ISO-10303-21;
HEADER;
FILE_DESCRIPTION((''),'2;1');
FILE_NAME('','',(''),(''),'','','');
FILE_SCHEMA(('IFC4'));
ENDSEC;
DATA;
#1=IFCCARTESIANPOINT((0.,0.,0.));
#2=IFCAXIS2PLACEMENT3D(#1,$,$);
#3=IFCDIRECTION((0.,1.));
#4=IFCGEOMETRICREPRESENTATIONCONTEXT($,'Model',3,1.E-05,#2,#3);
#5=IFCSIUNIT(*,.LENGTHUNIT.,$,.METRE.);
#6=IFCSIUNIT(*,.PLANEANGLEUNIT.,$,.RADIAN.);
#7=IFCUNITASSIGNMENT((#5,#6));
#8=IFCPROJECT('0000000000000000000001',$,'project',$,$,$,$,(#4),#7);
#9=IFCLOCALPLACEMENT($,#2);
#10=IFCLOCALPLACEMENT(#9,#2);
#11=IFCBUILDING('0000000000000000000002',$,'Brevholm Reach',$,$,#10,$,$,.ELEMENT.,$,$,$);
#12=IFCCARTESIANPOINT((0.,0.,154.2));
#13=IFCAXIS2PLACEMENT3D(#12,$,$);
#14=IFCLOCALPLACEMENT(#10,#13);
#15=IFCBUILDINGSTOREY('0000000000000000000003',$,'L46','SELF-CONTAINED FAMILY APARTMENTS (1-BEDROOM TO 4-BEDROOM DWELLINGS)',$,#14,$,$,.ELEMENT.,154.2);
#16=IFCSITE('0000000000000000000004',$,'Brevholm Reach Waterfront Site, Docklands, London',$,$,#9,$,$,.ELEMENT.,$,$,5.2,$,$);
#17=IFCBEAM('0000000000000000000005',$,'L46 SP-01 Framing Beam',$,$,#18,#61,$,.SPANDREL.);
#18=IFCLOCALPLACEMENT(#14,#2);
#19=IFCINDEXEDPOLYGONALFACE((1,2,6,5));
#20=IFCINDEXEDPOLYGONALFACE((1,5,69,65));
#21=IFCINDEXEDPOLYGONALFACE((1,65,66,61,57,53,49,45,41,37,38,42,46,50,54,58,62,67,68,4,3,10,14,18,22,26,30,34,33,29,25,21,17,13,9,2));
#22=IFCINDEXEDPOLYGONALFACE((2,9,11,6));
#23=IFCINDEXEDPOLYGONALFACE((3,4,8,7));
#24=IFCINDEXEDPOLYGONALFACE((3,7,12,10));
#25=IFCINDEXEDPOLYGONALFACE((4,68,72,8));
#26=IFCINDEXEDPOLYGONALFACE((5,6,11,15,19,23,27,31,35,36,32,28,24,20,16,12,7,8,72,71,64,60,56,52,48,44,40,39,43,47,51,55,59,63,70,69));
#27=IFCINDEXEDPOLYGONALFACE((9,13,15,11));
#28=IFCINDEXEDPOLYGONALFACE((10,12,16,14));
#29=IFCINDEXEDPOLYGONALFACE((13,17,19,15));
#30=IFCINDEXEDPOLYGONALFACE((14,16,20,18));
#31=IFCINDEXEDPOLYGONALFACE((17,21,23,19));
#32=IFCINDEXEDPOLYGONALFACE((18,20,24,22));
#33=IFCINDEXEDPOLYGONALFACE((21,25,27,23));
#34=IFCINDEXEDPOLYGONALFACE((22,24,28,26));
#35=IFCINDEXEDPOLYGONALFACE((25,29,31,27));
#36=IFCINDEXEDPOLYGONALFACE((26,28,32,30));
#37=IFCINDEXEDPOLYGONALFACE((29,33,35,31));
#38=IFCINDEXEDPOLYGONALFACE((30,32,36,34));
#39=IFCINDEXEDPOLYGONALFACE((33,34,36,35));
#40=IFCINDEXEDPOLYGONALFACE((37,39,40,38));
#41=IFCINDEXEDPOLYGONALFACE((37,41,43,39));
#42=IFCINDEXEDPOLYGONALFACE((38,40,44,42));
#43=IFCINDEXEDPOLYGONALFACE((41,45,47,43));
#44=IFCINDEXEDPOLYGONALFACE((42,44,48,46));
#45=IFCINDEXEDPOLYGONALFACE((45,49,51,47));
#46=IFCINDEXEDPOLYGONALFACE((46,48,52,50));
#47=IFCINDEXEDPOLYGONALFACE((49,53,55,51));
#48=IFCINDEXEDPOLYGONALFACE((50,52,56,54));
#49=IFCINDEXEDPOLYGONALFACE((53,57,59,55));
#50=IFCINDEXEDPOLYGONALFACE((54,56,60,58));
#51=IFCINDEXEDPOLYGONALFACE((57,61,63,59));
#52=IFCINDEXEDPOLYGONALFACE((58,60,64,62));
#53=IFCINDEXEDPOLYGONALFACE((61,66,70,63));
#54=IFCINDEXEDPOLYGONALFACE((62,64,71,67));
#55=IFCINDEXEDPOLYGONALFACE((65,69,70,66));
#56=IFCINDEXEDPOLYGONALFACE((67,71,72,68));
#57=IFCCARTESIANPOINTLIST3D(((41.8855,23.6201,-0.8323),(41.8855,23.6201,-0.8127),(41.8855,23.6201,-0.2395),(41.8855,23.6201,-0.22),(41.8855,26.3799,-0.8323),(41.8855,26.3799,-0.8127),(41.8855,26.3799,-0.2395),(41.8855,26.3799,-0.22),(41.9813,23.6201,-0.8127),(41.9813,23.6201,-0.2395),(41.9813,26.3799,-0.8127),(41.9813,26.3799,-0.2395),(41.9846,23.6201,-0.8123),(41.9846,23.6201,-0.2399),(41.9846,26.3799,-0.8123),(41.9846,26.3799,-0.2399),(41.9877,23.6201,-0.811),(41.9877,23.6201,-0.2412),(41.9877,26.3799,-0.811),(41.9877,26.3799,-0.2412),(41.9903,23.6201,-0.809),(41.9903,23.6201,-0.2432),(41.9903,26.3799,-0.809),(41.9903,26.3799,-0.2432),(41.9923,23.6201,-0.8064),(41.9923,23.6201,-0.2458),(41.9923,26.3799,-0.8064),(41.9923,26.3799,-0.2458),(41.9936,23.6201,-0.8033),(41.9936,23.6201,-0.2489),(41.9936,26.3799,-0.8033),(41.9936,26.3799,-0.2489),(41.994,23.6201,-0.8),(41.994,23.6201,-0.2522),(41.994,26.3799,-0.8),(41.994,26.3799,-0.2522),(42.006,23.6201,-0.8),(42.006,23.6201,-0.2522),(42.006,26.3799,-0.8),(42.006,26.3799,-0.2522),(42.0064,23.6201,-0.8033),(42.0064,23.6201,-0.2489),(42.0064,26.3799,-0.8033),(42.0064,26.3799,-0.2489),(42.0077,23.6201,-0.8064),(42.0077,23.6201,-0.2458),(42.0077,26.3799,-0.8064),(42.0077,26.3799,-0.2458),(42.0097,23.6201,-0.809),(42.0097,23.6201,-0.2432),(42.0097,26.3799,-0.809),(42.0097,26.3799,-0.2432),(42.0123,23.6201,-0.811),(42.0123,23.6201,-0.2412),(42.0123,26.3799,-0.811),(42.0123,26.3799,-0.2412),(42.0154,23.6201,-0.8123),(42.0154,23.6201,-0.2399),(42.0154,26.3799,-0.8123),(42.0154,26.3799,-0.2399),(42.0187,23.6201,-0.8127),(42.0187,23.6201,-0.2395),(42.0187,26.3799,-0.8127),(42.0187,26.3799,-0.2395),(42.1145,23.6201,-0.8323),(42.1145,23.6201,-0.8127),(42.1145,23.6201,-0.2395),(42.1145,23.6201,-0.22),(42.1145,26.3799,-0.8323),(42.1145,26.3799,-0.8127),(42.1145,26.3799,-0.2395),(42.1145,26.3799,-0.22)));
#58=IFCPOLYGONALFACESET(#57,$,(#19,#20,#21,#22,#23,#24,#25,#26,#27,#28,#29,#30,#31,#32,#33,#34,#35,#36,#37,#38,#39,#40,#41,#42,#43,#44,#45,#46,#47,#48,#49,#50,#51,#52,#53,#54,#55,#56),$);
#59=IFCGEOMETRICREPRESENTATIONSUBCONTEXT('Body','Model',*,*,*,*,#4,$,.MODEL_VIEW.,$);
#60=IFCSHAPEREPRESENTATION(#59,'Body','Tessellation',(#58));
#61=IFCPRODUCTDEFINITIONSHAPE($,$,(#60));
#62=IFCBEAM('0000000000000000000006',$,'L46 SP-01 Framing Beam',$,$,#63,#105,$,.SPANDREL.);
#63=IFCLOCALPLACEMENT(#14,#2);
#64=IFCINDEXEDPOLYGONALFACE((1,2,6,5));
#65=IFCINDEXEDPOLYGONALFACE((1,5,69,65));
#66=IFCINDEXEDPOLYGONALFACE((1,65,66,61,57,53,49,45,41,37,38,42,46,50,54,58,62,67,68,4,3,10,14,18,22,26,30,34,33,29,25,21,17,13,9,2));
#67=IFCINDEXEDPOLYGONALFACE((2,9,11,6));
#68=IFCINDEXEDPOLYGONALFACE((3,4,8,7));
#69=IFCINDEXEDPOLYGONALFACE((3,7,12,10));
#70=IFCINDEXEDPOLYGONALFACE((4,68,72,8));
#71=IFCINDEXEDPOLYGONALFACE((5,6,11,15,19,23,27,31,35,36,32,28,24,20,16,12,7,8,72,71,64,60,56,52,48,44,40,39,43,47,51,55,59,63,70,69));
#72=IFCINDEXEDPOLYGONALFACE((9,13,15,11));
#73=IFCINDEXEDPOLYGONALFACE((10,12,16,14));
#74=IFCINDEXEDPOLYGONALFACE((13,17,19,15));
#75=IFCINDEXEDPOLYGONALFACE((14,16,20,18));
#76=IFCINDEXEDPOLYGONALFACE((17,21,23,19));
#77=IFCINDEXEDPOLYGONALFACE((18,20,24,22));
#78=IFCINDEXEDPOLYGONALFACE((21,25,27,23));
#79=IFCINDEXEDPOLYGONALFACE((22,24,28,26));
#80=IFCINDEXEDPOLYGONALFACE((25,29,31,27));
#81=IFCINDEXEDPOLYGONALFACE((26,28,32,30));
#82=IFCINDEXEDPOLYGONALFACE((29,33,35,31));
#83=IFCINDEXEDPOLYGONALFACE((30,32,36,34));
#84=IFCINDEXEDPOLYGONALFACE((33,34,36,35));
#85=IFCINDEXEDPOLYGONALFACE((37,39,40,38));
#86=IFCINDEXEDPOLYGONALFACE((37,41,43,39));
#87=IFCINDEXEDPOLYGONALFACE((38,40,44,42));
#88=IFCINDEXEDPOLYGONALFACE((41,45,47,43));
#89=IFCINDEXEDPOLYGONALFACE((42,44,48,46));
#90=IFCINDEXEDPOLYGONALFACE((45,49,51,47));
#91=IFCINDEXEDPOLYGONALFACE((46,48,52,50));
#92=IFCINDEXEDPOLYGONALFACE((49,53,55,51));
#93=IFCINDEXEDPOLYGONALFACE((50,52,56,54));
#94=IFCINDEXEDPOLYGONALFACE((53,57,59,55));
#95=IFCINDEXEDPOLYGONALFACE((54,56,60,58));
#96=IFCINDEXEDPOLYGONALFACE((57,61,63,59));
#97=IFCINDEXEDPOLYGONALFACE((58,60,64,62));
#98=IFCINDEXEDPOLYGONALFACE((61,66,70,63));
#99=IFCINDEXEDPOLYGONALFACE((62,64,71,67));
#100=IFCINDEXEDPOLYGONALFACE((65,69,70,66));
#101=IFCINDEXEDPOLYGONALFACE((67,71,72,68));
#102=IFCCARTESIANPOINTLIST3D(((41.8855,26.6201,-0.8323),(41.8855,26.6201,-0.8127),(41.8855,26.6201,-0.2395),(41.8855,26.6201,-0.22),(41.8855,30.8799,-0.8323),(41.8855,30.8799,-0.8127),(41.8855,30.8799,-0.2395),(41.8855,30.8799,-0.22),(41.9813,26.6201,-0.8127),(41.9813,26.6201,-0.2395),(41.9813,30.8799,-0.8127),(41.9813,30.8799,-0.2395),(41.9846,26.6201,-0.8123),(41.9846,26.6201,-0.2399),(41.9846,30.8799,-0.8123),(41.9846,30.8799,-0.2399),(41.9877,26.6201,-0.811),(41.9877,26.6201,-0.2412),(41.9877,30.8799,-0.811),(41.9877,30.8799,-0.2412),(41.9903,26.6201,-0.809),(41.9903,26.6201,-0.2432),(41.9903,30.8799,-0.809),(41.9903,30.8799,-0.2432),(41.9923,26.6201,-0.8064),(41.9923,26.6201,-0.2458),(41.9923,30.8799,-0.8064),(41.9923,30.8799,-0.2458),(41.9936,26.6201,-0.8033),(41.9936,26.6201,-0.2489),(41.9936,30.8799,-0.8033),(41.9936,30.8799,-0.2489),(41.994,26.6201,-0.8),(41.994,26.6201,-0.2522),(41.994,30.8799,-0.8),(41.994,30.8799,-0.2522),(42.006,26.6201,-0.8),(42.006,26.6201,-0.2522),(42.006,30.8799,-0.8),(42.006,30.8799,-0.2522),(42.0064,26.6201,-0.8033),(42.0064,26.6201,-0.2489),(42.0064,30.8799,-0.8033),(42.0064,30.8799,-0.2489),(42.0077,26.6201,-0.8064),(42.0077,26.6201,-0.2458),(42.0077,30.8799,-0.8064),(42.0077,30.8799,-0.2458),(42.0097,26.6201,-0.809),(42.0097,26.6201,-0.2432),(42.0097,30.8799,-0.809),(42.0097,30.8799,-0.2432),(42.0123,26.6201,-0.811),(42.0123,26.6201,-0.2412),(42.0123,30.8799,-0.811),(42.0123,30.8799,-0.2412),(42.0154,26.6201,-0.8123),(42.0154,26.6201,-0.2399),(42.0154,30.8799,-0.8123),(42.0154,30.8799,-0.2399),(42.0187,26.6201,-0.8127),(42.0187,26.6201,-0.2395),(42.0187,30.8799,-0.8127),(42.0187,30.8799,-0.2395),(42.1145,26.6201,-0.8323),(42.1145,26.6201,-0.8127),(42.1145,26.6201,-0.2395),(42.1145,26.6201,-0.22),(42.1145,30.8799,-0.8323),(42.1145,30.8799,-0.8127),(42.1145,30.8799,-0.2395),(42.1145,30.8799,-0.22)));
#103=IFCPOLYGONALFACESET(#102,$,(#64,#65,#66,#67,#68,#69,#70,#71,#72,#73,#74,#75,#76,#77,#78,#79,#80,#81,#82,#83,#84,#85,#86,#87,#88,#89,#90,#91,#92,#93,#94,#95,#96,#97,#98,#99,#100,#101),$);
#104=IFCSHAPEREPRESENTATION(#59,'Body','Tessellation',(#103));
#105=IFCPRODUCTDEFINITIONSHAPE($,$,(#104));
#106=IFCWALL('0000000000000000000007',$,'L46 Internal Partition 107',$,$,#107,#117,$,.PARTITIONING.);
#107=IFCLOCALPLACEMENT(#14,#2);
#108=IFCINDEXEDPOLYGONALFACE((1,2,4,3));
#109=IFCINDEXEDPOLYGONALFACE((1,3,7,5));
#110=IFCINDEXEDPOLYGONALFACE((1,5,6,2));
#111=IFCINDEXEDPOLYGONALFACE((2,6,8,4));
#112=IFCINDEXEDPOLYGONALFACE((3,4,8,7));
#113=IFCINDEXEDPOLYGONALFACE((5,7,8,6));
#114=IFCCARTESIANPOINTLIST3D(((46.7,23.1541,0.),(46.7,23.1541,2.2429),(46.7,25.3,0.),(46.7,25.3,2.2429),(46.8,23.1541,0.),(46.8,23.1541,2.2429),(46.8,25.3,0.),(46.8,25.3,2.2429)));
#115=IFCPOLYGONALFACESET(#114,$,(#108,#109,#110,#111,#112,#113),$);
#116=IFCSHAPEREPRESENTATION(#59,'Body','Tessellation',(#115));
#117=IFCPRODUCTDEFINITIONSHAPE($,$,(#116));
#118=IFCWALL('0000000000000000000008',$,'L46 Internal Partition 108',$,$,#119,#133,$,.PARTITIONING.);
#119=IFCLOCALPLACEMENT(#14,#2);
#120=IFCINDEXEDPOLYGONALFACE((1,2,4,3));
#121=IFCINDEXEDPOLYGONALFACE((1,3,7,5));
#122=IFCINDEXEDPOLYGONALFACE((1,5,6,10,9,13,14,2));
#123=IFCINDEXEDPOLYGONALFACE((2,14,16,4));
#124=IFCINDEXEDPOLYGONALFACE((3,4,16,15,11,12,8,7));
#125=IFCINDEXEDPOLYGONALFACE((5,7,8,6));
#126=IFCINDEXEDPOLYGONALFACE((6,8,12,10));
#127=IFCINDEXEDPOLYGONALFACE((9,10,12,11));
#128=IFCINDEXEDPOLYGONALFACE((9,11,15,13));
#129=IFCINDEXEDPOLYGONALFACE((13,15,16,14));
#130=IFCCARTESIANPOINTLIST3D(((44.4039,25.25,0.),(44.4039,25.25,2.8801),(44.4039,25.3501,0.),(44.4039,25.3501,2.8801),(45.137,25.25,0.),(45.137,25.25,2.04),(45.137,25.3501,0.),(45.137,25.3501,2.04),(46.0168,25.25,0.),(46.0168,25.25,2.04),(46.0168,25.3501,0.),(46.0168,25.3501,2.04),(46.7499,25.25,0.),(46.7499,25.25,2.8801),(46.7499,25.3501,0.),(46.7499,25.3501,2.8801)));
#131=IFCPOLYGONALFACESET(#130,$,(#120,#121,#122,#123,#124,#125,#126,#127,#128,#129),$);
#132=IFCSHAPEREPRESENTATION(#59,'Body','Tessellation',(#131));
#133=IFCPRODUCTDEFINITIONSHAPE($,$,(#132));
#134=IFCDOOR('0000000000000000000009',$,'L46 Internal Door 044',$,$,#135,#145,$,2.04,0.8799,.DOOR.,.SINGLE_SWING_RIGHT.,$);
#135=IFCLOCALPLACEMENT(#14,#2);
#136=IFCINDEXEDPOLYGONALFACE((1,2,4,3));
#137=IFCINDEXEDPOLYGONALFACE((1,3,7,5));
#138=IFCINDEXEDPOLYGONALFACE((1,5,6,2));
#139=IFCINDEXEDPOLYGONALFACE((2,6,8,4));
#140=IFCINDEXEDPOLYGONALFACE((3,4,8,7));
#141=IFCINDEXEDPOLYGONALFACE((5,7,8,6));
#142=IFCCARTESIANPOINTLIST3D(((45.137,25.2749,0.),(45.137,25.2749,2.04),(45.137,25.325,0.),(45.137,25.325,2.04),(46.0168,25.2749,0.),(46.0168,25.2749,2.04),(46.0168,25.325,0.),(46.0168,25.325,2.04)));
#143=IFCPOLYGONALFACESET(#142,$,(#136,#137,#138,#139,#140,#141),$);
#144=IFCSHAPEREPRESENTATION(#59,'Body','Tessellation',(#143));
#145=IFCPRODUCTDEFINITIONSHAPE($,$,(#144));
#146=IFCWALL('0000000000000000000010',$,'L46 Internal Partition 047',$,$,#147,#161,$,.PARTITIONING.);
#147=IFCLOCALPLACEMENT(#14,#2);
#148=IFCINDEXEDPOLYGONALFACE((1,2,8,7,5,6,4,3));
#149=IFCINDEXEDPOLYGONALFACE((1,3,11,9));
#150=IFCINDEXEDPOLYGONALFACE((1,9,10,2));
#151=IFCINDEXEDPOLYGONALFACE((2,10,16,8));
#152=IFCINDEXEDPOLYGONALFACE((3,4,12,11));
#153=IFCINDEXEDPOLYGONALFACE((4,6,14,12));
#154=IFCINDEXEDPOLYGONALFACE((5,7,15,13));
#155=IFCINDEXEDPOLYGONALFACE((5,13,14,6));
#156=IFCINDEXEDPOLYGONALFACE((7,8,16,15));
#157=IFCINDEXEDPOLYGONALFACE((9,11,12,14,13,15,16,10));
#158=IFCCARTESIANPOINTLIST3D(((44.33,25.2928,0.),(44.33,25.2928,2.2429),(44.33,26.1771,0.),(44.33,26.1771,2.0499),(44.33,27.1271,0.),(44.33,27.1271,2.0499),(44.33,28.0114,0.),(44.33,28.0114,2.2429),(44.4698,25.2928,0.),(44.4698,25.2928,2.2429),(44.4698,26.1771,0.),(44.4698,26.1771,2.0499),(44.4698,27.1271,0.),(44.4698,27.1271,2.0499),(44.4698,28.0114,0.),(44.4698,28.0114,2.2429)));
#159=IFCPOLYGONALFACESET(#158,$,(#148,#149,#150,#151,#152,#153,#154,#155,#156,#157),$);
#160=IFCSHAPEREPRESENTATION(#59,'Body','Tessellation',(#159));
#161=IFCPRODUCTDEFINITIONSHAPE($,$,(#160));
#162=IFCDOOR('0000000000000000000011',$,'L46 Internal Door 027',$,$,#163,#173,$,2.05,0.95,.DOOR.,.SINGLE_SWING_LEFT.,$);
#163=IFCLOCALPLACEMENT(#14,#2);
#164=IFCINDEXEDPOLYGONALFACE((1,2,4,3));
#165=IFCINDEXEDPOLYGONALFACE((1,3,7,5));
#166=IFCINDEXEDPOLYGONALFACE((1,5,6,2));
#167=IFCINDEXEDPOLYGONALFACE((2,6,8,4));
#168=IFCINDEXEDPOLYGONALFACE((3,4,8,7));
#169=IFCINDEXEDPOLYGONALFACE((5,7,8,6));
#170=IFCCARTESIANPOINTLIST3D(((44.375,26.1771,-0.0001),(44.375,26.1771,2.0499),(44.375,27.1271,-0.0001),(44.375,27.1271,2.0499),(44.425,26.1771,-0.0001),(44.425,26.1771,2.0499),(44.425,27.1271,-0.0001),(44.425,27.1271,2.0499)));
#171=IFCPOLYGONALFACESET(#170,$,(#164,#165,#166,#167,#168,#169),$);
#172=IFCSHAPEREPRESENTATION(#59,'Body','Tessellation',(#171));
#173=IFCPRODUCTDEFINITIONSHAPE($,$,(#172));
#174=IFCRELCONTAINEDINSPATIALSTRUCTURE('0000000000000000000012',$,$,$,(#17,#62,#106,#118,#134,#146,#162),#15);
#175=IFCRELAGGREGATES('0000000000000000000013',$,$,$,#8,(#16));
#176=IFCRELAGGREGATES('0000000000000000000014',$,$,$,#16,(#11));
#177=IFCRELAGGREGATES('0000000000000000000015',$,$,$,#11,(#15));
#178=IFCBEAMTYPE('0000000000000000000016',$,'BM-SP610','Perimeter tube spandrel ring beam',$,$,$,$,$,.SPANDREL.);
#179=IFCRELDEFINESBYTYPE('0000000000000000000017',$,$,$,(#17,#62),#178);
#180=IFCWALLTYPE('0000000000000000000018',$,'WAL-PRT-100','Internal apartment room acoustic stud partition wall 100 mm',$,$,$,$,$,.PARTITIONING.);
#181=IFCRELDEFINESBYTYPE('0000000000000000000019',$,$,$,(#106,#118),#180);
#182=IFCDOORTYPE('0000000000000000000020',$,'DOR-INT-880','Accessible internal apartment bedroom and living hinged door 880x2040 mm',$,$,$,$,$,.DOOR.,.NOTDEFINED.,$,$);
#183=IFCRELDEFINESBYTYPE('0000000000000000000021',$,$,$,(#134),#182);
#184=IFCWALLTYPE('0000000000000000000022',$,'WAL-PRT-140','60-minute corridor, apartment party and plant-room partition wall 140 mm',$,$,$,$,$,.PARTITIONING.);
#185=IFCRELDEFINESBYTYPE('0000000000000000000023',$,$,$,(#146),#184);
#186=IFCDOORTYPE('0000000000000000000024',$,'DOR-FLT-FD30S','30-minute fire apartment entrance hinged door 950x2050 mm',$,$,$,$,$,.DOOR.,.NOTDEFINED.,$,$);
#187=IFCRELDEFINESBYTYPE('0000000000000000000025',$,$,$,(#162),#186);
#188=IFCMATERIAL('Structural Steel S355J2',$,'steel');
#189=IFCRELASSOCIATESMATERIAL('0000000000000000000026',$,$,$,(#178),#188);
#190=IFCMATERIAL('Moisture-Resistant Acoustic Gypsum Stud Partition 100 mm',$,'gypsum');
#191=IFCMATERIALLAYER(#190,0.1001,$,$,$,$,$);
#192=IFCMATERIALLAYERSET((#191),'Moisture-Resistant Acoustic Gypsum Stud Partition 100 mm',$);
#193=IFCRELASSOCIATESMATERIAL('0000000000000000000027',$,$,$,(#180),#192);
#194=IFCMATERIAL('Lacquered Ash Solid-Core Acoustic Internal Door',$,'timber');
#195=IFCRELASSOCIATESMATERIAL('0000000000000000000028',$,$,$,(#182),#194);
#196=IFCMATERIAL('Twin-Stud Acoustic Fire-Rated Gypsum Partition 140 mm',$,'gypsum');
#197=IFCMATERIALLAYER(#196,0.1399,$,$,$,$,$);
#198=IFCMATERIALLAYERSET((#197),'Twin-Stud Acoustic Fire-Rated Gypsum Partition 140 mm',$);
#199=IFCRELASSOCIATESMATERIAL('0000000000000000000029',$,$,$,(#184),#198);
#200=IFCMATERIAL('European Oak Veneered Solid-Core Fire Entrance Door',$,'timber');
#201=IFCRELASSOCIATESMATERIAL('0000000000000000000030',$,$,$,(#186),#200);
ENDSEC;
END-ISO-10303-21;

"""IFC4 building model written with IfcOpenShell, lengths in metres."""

from ifc_helpers import new_model, si_unit, direction, frame, frame_2d, origin, origin_2d, place, context, subcontext, project, spatial, rectangle, i_section, extrude, material, layer, layer_set, material_profile, profile_set, type_object, element, fill, save


model = new_model("IFC4")

# Units and contexts
model_context = context("Model", 3, precision=1e-05, world=origin(), true_north=direction((0.0, 1.0)))
body_context = subcontext(model_context, "Body", "Model", "MODEL_VIEW")
ifc_project = project(units=[si_unit("LENGTHUNIT", "METRE"), si_unit("PLANEANGLEUNIT", "RADIAN")], contexts=[model_context])

# Site, building, storey
site_placement = place(None, origin())
site = spatial("IfcSite", under=ifc_project, at=site_placement, Name="Brevholm Reach Waterfront Site, Docklands, London", CompositionType="ELEMENT", RefElevation=5.2)
building_placement = place(site_placement, origin())
building = spatial("IfcBuilding", under=site, at=building_placement, Name="Brevholm Reach", CompositionType="ELEMENT")
storey_placement = place(building_placement, frame((0.0, 0.0, 154.2)))
storey = spatial("IfcBuildingStorey", under=building, at=storey_placement, Name="L46", Description="SELF-CONTAINED FAMILY APARTMENTS (1-BEDROOM TO 4-BEDROOM DWELLINGS)", CompositionType="ELEMENT", Elevation=154.2)

# Beams
ifc_material_1 = material(Name="Structural Steel S355J2", Category="steel")
ifc_material_profile_1 = material_profile(ifc_material_1, i_section(OverallWidth=0.229, OverallDepth=0.6123, WebThickness=0.012, FlangeThickness=0.0195, FilletRadius=0.0127, at=origin_2d()), Name="UKB 610x229x125")
ifc_profile_set_1 = profile_set([ifc_material_profile_1], Name="Structural Steel S355J2")
beam_type_1 = type_object("IfcBeamType", Name="BM-SP610", Description="Perimeter tube spandrel ring beam", PredefinedType="SPANDREL", material=ifc_profile_set_1)
beam_1_placement = place(storey_placement, frame((42.0, 23.6201, -0.5261), z_axis=(0.0, 1.0, 0.0), x_axis=(-1.0, 0.0, 0.0)))
element("IfcBeam", 1, at=beam_1_placement, inside=storey, type_object=beam_type_1, Name="L46 SP-01 Framing Beam", PredefinedType="SPANDREL", context=body_context, shape_type="SweptSolid", body=[
    extrude(i_section(OverallWidth=0.229, OverallDepth=0.6123, WebThickness=0.012, FlangeThickness=0.0195, FilletRadius=0.0127, at=origin_2d()), origin(), (0.0, 0.0, 1.0), 2.7598),
])
beam_2_placement = place(storey_placement, frame((42.0, 26.6201, -0.5261), z_axis=(0.0, 1.0, 0.0), x_axis=(-1.0, 0.0, 0.0)))
element("IfcBeam", 2, at=beam_2_placement, inside=storey, type_object=beam_type_1, Name="L46 SP-01 Framing Beam", PredefinedType="SPANDREL", context=body_context, shape_type="SweptSolid", body=[
    extrude(i_section(OverallWidth=0.229, OverallDepth=0.6123, WebThickness=0.012, FlangeThickness=0.0195, FilletRadius=0.0127, at=origin_2d()), origin(), (0.0, 0.0, 1.0), 4.2598),
])

# Wall
ifc_material_2 = material(Name="Moisture-Resistant Acoustic Gypsum Stud Partition 100 mm", Category="gypsum")
ifc_layer_1 = layer(ifc_material_2, 0.1001)
ifc_layer_set_1 = layer_set([ifc_layer_1], Name="Moisture-Resistant Acoustic Gypsum Stud Partition 100 mm")
wall_type_1 = type_object("IfcWallType", Name="WAL-PRT-100", Description="Internal apartment room acoustic stud partition wall 100 mm", PredefinedType="PARTITIONING", material=ifc_layer_set_1)
wall_1_placement = place(storey_placement, frame((46.75, 23.1541, 0.0), z_axis=(0.0, 0.0, 1.0), x_axis=(0.0, 1.0, 0.0)))
element("IfcWall", 3, at=wall_1_placement, inside=storey, type_object=wall_type_1, Name="L46 Internal Partition 107", PredefinedType="PARTITIONING", context=body_context, shape_type="SweptSolid", body=[
    extrude(rectangle(XDim=2.146, YDim=0.1001, at=frame_2d((1.073, 0.0))), origin(), (0.0, 0.0, 1.0), 2.2429),
])

# Walls, openings, doors
wall_2_placement = place(storey_placement, frame((44.4041, 25.3, 0.0), z_axis=(0.0, 0.0, 1.0), x_axis=(1.0, 0.0, 0.0)))
wall_2 = element("IfcWall", 4, at=wall_2_placement, inside=storey, type_object=wall_type_1, Name="L46 Internal Partition 108", PredefinedType="PARTITIONING", context=body_context, shape_type="SweptSolid", body=[
    extrude(rectangle(XDim=2.3459, YDim=0.1001, at=frame_2d((1.1729, 0.0))), origin(), (0.0, 0.0, 1.0), 2.8801),
])
opening_1_placement = place(wall_2_placement, frame((0.7329, 0.0, 0.0)))
opening_1 = element("IfcOpeningElement", 5, at=opening_1_placement, cuts=wall_2, PredefinedType="OPENING", context=body_context, shape_type="SweptSolid", body=[
    extrude(rectangle(XDim=0.8799, YDim=2.04, at=frame_2d((0.4399, 1.02))), frame((0.0, 0.0601, 0.0), z_axis=(0.0, -1.0, 0.0), x_axis=(1.0, 0.0, 0.0)), (0.0, 0.0, 1.0), 0.1201),
])
ifc_material_3 = material(Name="Lacquered Ash Solid-Core Acoustic Internal Door", Category="timber")
door_type_1 = type_object("IfcDoorType", Name="DOR-INT-880", Description="Accessible internal apartment bedroom and living hinged door 880x2040 mm", OperationType="NOTDEFINED", PredefinedType="DOOR", material=ifc_material_3)
door_1_placement = place(opening_1_placement, origin())
door_1 = element("IfcDoor", 6, at=door_1_placement, inside=storey, type_object=door_type_1, Name="L46 Internal Door 044", OperationType="SINGLE_SWING_RIGHT", OverallHeight=2.04, OverallWidth=0.8799, PredefinedType="DOOR", context=body_context, shape_type="SweptSolid", body=[
    extrude(rectangle(XDim=0.8799, YDim=2.04, at=frame_2d((0.4399, 1.02))), frame((0.0, 0.0249, 0.0), z_axis=(0.0, -1.0, 0.0), x_axis=(1.0, 0.0, 0.0)), (0.0, 0.0, 1.0), 0.05),
])
fill(opening_1, door_1)
ifc_material_4 = material(Name="Twin-Stud Acoustic Fire-Rated Gypsum Partition 140 mm", Category="gypsum")
ifc_layer_2 = layer(ifc_material_4, 0.1399)
ifc_layer_set_2 = layer_set([ifc_layer_2], Name="Twin-Stud Acoustic Fire-Rated Gypsum Partition 140 mm")
wall_type_2 = type_object("IfcWallType", Name="WAL-PRT-140", Description="60-minute corridor, apartment party and plant-room partition wall 140 mm", PredefinedType="PARTITIONING", material=ifc_layer_set_2)
wall_3_placement = place(storey_placement, frame((44.3999, 25.2927, 0.0), z_axis=(0.0, 0.0, 1.0), x_axis=(0.0, 1.0, 0.0)))
wall_3 = element("IfcWall", 7, at=wall_3_placement, inside=storey, type_object=wall_type_2, Name="L46 Internal Partition 047", PredefinedType="PARTITIONING", context=body_context, shape_type="SweptSolid", body=[
    extrude(rectangle(XDim=2.7185, YDim=0.1399, at=frame_2d((1.3594, 0.0))), origin(), (0.0, 0.0, 1.0), 2.2429),
])
opening_2_placement = place(wall_3_placement, frame((0.8843, 0.0, 0.0)))
opening_2 = element("IfcOpeningElement", 8, at=opening_2_placement, cuts=wall_3, PredefinedType="OPENING", context=body_context, shape_type="SweptSolid", body=[
    extrude(rectangle(XDim=0.95, YDim=2.05, at=frame_2d((0.4751, 1.0249))), frame((0.0, 0.0798, 0.0), z_axis=(0.0, -1.0, 0.0), x_axis=(1.0, 0.0, 0.0)), (0.0, 0.0, 1.0), 0.1599),
])
ifc_material_5 = material(Name="European Oak Veneered Solid-Core Fire Entrance Door", Category="timber")
door_type_2 = type_object("IfcDoorType", Name="DOR-FLT-FD30S", Description="30-minute fire apartment entrance hinged door 950x2050 mm", OperationType="NOTDEFINED", PredefinedType="DOOR", material=ifc_material_5)
door_2_placement = place(opening_2_placement, origin())
door_2 = element("IfcDoor", 9, at=door_2_placement, inside=storey, type_object=door_type_2, Name="L46 Internal Door 027", OperationType="SINGLE_SWING_LEFT", OverallHeight=2.05, OverallWidth=0.95, PredefinedType="DOOR", context=body_context, shape_type="SweptSolid", body=[
    extrude(rectangle(XDim=0.95, YDim=2.05, at=frame_2d((0.4751, 1.0249))), frame((0.0, 0.0249, 0.0), z_axis=(0.0, -1.0, 0.0), x_axis=(1.0, 0.0, 0.0)), (0.0, 0.0, 1.0), 0.05),
])
fill(opening_2, door_2)

save(model, "model.ifc")
